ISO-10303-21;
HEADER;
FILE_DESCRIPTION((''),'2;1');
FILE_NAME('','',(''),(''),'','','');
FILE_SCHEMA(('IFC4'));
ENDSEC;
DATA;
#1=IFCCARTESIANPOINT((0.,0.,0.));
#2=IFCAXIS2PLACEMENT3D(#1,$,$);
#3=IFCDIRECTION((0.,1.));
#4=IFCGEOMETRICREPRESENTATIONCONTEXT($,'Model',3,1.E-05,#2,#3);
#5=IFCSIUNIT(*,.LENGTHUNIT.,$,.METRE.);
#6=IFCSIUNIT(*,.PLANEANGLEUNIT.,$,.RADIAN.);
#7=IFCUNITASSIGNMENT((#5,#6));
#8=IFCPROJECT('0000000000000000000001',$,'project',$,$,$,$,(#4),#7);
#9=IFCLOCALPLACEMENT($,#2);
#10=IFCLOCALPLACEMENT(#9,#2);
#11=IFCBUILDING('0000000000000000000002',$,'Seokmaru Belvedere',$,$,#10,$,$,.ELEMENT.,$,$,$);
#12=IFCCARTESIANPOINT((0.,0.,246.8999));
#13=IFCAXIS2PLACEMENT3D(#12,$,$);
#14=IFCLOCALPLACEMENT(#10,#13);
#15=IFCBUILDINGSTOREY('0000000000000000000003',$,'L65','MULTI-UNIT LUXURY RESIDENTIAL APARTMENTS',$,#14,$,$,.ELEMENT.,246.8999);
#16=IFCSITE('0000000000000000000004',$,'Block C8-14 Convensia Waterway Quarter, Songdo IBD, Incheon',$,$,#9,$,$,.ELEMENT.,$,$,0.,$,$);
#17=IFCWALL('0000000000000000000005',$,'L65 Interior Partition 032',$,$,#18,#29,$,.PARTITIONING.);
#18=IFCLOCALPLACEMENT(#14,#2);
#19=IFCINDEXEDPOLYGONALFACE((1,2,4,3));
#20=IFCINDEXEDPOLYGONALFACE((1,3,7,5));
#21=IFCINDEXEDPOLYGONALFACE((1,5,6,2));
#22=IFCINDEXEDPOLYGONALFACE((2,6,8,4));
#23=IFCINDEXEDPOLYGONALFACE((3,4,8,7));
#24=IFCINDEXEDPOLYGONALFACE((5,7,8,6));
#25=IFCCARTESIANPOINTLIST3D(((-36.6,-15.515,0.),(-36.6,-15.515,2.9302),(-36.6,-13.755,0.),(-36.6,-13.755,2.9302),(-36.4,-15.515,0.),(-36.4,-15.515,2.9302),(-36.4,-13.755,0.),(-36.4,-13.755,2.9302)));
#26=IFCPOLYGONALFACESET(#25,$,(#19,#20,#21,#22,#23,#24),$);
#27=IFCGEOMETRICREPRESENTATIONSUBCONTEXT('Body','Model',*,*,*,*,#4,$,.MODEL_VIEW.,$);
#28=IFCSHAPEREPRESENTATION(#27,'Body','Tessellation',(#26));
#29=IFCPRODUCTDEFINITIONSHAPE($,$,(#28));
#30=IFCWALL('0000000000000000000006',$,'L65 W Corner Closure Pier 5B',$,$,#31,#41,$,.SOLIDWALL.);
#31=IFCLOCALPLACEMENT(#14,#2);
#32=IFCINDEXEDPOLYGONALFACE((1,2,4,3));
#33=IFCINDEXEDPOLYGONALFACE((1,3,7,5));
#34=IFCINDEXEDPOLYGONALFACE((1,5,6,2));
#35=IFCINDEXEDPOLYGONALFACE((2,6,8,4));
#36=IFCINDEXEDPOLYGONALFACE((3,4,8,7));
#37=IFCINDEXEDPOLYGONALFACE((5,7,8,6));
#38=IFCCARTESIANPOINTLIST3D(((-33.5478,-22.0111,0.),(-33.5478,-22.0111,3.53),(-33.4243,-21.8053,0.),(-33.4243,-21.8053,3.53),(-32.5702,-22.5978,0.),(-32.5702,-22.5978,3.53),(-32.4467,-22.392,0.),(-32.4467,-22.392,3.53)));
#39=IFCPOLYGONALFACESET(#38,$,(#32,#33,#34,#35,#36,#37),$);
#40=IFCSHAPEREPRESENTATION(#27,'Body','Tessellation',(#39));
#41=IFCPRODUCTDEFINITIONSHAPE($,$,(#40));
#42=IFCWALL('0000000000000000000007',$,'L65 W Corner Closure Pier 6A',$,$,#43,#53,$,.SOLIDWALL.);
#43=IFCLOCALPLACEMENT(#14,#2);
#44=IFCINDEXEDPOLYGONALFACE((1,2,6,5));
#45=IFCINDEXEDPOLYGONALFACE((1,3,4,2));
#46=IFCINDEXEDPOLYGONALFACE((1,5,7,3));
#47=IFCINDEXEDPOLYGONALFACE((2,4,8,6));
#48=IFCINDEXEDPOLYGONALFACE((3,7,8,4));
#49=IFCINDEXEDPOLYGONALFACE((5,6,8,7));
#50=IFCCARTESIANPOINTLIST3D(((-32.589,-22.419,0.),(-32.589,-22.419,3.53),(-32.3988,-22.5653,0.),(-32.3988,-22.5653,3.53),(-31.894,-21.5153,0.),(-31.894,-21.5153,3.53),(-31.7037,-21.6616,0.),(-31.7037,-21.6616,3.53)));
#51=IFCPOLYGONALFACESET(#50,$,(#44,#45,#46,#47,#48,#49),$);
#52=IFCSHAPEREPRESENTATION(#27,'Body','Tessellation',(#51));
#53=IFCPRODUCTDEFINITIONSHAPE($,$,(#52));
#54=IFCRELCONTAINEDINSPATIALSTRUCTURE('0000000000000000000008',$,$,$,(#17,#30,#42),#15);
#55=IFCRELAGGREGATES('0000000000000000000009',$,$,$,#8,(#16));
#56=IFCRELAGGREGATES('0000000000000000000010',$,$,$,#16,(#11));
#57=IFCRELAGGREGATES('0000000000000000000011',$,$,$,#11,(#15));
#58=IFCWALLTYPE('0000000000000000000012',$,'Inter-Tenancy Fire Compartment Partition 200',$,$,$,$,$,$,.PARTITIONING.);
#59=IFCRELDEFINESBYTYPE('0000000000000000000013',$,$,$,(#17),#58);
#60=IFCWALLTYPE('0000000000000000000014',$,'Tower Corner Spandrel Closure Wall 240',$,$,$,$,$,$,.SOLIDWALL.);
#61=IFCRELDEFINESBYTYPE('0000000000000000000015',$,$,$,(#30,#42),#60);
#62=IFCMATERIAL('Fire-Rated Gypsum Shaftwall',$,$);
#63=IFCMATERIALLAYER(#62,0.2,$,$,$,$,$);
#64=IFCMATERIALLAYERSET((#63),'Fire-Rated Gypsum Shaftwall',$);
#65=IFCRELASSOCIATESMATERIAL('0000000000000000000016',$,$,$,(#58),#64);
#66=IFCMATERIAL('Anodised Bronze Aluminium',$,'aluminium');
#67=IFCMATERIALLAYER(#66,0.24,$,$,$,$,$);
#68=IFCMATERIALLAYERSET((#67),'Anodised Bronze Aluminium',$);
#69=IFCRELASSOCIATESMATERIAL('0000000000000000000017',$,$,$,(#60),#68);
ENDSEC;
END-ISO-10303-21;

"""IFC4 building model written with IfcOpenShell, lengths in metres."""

from ifc_helpers import new_model, si_unit, direction, frame, frame_2d, origin, place, context, subcontext, project, spatial, rectangle, extrude, material, layer, layer_set, type_object, element, save


model = new_model("IFC4")

# Units and contexts
model_context = context("Model", 3, precision=1e-05, world=origin(), true_north=direction((0.0, 1.0)))
body_context = subcontext(model_context, "Body", "Model", "MODEL_VIEW")
ifc_project = project(units=[si_unit("LENGTHUNIT", "METRE"), si_unit("PLANEANGLEUNIT", "RADIAN")], contexts=[model_context])

# Site, building, storey
site_placement = place(None, origin())
site = spatial("IfcSite", under=ifc_project, at=site_placement, Name="Block C8-14 Convensia Waterway Quarter, Songdo IBD, Incheon", CompositionType="ELEMENT", RefElevation=0.0)
building_placement = place(site_placement, origin())
building = spatial("IfcBuilding", under=site, at=building_placement, Name="Seokmaru Belvedere", CompositionType="ELEMENT")
storey_placement = place(building_placement, frame((0.0, 0.0, 246.8999)))
storey = spatial("IfcBuildingStorey", under=building, at=storey_placement, Name="L65", Description="MULTI-UNIT LUXURY RESIDENTIAL APARTMENTS", CompositionType="ELEMENT", Elevation=246.8999)

# Shared definitions
ifc_material_1 = material(Name="Anodised Bronze Aluminium", Category="aluminium")

# Shared definitions
ifc_material_2 = material(Name="Fire-Rated Gypsum Shaftwall")
ifc_layer_1 = layer(ifc_material_2, 0.2)
ifc_layer_set_1 = layer_set([ifc_layer_1], Name="Fire-Rated Gypsum Shaftwall")
wall_type_1 = type_object("IfcWallType", Name="Inter-Tenancy Fire Compartment Partition 200", PredefinedType="PARTITIONING", material=ifc_layer_set_1)

# Walls
wall_1_placement = place(storey_placement, frame((-36.5, -15.5149, 0.0), z_axis=(0.0, 0.0, 1.0), x_axis=(0.0, 1.0, 0.0)))
element("IfcWall", 1, at=wall_1_placement, inside=storey, type_object=wall_type_1, Name="L65 Interior Partition 032", PredefinedType="PARTITIONING", context=body_context, shape_type="SweptSolid", body=[
    extrude(rectangle(XDim=1.76, YDim=0.2, at=frame_2d((0.8799, 0.0))), origin(), (0.0, 0.0, 1.0), 2.9302),
])
ifc_layer_2 = layer(ifc_material_1, 0.24)
ifc_layer_set_2 = layer_set([ifc_layer_2], Name="Anodised Bronze Aluminium")
wall_type_2 = type_object("IfcWallType", Name="Tower Corner Spandrel Closure Wall 240", PredefinedType="SOLIDWALL", material=ifc_layer_set_2)
for number, where, z_axis, x_axis, name in (
    (2, (-33.4861, -21.9082, 0.0), (0.0, 0.0, 1.0), (0.857436, -0.51459, 0.0), "L65 W Corner Closure Pier 5B"),
    (3, (-32.4939, -22.4922, 0.0), (0.0, 0.0, 1.0), (0.609618, 0.792696, 0.0), "L65 W Corner Closure Pier 6A"),
):
    element("IfcWall", number, at=place(storey_placement, frame(where, z_axis=z_axis, x_axis=x_axis)), inside=storey, type_object=wall_type_2, Name=name, PredefinedType="SOLIDWALL", context=body_context, shape_type="SweptSolid", body=[
        extrude(rectangle(XDim=1.1401, YDim=0.24, at=frame_2d((0.5701, 0.0))), origin(), (0.0, 0.0, 1.0), 3.53),
    ])

save(model, "model.ifc")
